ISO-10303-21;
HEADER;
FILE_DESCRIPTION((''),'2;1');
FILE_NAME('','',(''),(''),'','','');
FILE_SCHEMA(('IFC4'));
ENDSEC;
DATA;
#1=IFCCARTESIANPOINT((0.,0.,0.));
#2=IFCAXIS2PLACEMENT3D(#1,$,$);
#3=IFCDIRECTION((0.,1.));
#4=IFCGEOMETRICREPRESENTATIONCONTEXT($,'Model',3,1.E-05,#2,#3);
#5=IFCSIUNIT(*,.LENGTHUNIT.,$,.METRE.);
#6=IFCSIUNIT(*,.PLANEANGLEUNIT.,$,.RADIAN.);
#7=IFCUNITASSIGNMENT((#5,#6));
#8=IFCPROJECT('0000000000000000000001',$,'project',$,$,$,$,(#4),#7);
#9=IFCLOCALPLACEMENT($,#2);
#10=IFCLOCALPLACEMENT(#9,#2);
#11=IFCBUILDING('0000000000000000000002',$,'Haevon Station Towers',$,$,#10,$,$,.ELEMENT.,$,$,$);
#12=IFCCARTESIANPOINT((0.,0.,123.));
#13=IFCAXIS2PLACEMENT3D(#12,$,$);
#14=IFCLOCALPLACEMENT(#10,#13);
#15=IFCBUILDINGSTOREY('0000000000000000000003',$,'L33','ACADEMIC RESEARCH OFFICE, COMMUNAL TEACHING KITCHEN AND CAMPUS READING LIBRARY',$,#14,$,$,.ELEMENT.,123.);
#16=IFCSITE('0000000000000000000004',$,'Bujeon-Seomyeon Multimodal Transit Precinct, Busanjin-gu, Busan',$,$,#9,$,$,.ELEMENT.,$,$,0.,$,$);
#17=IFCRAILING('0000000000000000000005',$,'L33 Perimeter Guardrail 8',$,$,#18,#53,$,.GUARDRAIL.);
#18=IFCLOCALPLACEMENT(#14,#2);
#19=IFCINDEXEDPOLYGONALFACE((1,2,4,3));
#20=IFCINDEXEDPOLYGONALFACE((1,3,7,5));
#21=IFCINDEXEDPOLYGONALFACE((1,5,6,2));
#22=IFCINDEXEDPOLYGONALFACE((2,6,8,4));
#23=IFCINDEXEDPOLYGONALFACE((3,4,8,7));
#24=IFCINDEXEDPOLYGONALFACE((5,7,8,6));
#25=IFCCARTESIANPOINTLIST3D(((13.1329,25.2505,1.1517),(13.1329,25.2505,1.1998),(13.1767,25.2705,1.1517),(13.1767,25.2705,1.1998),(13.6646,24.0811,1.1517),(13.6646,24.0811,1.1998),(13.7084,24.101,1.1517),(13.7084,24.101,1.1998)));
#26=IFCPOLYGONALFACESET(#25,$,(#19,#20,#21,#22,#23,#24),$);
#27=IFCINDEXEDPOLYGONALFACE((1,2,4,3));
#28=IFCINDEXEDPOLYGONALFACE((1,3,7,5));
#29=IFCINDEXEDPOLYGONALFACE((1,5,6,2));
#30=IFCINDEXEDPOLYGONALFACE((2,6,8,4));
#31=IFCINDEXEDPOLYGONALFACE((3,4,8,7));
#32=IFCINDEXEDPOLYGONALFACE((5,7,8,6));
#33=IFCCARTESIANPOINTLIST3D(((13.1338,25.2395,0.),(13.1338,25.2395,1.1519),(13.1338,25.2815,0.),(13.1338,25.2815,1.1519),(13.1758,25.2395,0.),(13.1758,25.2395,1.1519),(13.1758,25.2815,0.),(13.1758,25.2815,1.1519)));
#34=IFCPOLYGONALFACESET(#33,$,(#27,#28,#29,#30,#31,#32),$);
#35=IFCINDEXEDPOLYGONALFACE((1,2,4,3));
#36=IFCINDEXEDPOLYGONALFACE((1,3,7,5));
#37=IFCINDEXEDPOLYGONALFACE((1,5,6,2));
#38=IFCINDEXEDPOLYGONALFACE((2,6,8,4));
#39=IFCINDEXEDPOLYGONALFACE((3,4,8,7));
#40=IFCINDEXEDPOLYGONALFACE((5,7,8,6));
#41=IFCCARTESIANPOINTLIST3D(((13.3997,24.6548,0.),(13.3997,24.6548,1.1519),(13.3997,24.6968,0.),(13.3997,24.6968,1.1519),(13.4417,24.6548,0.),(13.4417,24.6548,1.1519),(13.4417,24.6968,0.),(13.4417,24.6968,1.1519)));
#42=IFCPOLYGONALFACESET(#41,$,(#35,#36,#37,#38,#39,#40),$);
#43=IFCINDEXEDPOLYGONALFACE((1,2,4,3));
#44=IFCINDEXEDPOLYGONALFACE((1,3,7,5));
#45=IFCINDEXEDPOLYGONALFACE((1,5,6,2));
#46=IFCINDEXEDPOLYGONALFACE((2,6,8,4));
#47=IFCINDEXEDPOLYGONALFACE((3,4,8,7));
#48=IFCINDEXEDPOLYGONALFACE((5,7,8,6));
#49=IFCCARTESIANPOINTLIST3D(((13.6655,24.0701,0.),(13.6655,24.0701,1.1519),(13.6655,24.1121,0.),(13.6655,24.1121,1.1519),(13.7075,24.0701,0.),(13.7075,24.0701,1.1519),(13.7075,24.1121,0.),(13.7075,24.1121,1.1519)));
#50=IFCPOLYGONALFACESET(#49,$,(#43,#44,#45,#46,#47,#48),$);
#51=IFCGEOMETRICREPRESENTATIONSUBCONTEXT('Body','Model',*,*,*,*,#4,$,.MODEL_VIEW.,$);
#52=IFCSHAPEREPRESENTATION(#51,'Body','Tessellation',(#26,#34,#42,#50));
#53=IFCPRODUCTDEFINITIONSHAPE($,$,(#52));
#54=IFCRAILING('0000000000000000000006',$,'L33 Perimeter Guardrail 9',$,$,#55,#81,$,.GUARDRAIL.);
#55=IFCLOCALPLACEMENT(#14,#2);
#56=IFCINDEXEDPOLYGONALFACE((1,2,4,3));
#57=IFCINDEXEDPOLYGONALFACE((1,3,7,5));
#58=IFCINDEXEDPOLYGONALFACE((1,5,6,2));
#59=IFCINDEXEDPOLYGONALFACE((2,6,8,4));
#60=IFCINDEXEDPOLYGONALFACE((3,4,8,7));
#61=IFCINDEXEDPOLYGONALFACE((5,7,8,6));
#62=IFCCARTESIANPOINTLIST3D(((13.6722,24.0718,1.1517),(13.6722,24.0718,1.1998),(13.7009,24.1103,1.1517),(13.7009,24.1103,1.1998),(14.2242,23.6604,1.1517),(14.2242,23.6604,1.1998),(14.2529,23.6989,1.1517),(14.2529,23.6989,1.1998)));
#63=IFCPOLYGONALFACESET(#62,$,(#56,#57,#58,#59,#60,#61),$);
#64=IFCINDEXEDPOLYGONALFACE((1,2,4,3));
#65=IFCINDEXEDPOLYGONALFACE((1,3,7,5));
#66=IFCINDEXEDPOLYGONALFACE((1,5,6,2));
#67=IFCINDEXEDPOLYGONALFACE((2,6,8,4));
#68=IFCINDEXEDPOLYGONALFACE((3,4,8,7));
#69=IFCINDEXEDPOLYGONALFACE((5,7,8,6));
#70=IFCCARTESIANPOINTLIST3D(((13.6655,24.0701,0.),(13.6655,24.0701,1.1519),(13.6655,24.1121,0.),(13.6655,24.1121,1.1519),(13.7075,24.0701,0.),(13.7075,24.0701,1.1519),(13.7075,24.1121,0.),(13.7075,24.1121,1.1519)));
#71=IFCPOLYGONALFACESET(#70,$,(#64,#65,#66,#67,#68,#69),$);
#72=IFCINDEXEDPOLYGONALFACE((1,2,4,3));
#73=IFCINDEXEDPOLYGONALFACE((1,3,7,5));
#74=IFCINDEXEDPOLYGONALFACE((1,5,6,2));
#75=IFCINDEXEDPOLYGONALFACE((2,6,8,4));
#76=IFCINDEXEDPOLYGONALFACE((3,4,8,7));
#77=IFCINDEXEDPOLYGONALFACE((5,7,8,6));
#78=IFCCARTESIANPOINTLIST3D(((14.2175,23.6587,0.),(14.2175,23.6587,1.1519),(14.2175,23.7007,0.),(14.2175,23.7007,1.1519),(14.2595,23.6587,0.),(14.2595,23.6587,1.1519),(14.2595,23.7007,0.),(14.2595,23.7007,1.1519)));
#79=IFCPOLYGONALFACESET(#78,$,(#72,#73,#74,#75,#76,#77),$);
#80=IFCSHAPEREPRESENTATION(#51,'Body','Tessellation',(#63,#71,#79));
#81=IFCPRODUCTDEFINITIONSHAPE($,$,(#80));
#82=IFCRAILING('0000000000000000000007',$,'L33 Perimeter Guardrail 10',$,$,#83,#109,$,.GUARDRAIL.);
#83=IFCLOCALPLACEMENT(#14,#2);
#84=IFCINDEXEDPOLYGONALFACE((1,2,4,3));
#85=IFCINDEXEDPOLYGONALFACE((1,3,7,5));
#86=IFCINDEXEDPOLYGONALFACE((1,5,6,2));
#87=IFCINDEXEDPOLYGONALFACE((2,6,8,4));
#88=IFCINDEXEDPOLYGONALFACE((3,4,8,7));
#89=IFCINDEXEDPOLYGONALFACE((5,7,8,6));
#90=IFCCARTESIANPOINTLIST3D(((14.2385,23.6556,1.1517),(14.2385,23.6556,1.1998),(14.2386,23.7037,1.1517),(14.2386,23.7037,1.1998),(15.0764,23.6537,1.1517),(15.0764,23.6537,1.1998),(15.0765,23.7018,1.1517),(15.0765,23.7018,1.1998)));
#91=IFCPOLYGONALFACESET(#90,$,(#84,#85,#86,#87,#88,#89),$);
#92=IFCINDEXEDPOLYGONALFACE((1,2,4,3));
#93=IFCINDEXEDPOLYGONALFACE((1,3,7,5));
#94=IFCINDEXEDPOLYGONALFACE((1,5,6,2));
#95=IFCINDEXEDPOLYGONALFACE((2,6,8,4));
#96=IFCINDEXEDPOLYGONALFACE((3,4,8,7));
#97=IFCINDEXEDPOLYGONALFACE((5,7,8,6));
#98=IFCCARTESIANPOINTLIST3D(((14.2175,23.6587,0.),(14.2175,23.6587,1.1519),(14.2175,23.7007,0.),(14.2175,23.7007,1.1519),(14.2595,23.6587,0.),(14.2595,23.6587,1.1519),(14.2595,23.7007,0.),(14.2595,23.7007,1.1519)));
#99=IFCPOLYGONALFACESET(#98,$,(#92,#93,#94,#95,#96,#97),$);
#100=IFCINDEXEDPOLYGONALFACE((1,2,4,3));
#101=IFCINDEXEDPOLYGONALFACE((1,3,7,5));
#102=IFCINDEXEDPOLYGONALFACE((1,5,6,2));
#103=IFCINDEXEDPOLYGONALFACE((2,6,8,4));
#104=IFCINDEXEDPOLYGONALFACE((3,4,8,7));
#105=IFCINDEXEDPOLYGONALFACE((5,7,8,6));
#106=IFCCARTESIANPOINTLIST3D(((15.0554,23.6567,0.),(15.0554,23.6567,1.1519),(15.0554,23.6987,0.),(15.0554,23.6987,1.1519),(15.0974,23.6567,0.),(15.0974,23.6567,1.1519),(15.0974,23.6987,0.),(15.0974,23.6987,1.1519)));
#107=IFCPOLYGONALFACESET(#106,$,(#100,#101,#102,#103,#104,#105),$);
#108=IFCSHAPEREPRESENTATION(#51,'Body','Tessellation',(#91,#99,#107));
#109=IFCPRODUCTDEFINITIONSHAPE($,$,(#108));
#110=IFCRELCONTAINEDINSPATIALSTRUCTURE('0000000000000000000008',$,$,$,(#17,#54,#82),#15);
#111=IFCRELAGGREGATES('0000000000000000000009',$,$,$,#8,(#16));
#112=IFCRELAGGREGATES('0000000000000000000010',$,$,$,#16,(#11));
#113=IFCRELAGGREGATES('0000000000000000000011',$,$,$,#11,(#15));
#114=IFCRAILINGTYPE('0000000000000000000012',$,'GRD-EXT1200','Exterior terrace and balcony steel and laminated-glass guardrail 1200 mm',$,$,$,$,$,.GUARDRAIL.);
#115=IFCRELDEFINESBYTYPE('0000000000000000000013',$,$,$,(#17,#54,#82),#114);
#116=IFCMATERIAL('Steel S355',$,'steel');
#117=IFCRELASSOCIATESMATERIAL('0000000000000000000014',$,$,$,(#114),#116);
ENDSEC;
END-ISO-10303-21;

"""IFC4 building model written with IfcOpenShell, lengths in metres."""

from ifc_helpers import new_model, si_unit, direction, frame, origin, origin_2d, place, context, subcontext, project, spatial, rectangle, extrude, material, type_object, element, save


model = new_model("IFC4")

# Units and contexts
model_context = context("Model", 3, precision=1e-05, world=origin(), true_north=direction((0.0, 1.0)))
body_context = subcontext(model_context, "Body", "Model", "MODEL_VIEW")
ifc_project = project(units=[si_unit("LENGTHUNIT", "METRE"), si_unit("PLANEANGLEUNIT", "RADIAN")], contexts=[model_context])

# Site, building, storey
site_placement = place(None, origin())
site = spatial("IfcSite", under=ifc_project, at=site_placement, Name="Bujeon-Seomyeon Multimodal Transit Precinct, Busanjin-gu, Busan", CompositionType="ELEMENT", RefElevation=0.0)
building_placement = place(site_placement, origin())
building = spatial("IfcBuilding", under=site, at=building_placement, Name="Haevon Station Towers", CompositionType="ELEMENT")
storey_placement = place(building_placement, frame((0.0, 0.0, 123.0)))
storey = spatial("IfcBuildingStorey", under=building, at=storey_placement, Name="L33", Description="ACADEMIC RESEARCH OFFICE, COMMUNAL TEACHING KITCHEN AND CAMPUS READING LIBRARY", CompositionType="ELEMENT", Elevation=123.0)

# Shared definitions
ifc_material_1 = material(Name="Steel S355", Category="steel")

# Railings
railing_type = type_object("IfcRailingType", Name="GRD-EXT1200", Description="Exterior terrace and balcony steel and laminated-glass guardrail 1200 mm", PredefinedType="GUARDRAIL", material=ifc_material_1)
railing_1_placement = place(storey_placement, frame((13.1548, 25.2605, 0.0)))
element("IfcRailing", 1, at=railing_1_placement, inside=storey, type_object=railing_type, Name="L33 Perimeter Guardrail 8", PredefinedType="GUARDRAIL", context=body_context, shape_type="SweptSolid", body=[
    extrude(rectangle(XDim=0.0481, YDim=0.0481, at=origin_2d()), frame((0.0, 0.0, 1.1758), z_axis=(0.413917, -0.910314, 0.0), x_axis=(0.910314, 0.413917, 0.0)), (0.0, 0.0, 1.0), 1.2847),
    extrude(rectangle(XDim=0.042, YDim=0.042, at=origin_2d()), origin(), (0.0, 0.0, 1.0), 1.1519),
    extrude(rectangle(XDim=0.042, YDim=0.042, at=origin_2d()), frame((0.2659, -0.5847, 0.0)), (0.0, 0.0, 1.0), 1.1519),
    extrude(rectangle(XDim=0.042, YDim=0.042, at=origin_2d()), frame((0.5317, -1.1694, 0.0)), (0.0, 0.0, 1.0), 1.1519),
])
railing_2_placement = place(storey_placement, frame((13.6865, 24.0911, 0.0)))
element("IfcRailing", 2, at=railing_2_placement, inside=storey, type_object=railing_type, Name="L33 Perimeter Guardrail 9", PredefinedType="GUARDRAIL", context=body_context, shape_type="SweptSolid", body=[
    extrude(rectangle(XDim=0.0481, YDim=0.0481, at=origin_2d()), frame((0.0, 0.0, 1.1758), z_axis=(0.801826, -0.597557, 0.0), x_axis=(0.597557, 0.801826, 0.0)), (0.0, 0.0, 1.0), 0.6885),
    extrude(rectangle(XDim=0.042, YDim=0.042, at=origin_2d()), origin(), (0.0, 0.0, 1.0), 1.1519),
    extrude(rectangle(XDim=0.042, YDim=0.042, at=origin_2d()), frame((0.552, -0.4114, 0.0)), (0.0, 0.0, 1.0), 1.1519),
])
railing_3_placement = place(storey_placement, frame((14.2385, 23.6797, 0.0)))
element("IfcRailing", 3, at=railing_3_placement, inside=storey, type_object=railing_type, Name="L33 Perimeter Guardrail 10", PredefinedType="GUARDRAIL", context=body_context, shape_type="SweptSolid", body=[
    extrude(rectangle(XDim=0.0481, YDim=0.0481, at=origin_2d()), frame((0.0, 0.0, 1.1758), z_axis=(0.999997, -0.002331, 0.0), x_axis=(0.002331, 0.999997, 0.0)), (0.0, 0.0, 1.0), 0.8379),
    extrude(rectangle(XDim=0.042, YDim=0.042, at=origin_2d()), origin(), (0.0, 0.0, 1.0), 1.1519),
    extrude(rectangle(XDim=0.042, YDim=0.042, at=origin_2d()), frame((0.8379, -0.002, 0.0)), (0.0, 0.0, 1.0), 1.1519),
])

save(model, "model.ifc")
